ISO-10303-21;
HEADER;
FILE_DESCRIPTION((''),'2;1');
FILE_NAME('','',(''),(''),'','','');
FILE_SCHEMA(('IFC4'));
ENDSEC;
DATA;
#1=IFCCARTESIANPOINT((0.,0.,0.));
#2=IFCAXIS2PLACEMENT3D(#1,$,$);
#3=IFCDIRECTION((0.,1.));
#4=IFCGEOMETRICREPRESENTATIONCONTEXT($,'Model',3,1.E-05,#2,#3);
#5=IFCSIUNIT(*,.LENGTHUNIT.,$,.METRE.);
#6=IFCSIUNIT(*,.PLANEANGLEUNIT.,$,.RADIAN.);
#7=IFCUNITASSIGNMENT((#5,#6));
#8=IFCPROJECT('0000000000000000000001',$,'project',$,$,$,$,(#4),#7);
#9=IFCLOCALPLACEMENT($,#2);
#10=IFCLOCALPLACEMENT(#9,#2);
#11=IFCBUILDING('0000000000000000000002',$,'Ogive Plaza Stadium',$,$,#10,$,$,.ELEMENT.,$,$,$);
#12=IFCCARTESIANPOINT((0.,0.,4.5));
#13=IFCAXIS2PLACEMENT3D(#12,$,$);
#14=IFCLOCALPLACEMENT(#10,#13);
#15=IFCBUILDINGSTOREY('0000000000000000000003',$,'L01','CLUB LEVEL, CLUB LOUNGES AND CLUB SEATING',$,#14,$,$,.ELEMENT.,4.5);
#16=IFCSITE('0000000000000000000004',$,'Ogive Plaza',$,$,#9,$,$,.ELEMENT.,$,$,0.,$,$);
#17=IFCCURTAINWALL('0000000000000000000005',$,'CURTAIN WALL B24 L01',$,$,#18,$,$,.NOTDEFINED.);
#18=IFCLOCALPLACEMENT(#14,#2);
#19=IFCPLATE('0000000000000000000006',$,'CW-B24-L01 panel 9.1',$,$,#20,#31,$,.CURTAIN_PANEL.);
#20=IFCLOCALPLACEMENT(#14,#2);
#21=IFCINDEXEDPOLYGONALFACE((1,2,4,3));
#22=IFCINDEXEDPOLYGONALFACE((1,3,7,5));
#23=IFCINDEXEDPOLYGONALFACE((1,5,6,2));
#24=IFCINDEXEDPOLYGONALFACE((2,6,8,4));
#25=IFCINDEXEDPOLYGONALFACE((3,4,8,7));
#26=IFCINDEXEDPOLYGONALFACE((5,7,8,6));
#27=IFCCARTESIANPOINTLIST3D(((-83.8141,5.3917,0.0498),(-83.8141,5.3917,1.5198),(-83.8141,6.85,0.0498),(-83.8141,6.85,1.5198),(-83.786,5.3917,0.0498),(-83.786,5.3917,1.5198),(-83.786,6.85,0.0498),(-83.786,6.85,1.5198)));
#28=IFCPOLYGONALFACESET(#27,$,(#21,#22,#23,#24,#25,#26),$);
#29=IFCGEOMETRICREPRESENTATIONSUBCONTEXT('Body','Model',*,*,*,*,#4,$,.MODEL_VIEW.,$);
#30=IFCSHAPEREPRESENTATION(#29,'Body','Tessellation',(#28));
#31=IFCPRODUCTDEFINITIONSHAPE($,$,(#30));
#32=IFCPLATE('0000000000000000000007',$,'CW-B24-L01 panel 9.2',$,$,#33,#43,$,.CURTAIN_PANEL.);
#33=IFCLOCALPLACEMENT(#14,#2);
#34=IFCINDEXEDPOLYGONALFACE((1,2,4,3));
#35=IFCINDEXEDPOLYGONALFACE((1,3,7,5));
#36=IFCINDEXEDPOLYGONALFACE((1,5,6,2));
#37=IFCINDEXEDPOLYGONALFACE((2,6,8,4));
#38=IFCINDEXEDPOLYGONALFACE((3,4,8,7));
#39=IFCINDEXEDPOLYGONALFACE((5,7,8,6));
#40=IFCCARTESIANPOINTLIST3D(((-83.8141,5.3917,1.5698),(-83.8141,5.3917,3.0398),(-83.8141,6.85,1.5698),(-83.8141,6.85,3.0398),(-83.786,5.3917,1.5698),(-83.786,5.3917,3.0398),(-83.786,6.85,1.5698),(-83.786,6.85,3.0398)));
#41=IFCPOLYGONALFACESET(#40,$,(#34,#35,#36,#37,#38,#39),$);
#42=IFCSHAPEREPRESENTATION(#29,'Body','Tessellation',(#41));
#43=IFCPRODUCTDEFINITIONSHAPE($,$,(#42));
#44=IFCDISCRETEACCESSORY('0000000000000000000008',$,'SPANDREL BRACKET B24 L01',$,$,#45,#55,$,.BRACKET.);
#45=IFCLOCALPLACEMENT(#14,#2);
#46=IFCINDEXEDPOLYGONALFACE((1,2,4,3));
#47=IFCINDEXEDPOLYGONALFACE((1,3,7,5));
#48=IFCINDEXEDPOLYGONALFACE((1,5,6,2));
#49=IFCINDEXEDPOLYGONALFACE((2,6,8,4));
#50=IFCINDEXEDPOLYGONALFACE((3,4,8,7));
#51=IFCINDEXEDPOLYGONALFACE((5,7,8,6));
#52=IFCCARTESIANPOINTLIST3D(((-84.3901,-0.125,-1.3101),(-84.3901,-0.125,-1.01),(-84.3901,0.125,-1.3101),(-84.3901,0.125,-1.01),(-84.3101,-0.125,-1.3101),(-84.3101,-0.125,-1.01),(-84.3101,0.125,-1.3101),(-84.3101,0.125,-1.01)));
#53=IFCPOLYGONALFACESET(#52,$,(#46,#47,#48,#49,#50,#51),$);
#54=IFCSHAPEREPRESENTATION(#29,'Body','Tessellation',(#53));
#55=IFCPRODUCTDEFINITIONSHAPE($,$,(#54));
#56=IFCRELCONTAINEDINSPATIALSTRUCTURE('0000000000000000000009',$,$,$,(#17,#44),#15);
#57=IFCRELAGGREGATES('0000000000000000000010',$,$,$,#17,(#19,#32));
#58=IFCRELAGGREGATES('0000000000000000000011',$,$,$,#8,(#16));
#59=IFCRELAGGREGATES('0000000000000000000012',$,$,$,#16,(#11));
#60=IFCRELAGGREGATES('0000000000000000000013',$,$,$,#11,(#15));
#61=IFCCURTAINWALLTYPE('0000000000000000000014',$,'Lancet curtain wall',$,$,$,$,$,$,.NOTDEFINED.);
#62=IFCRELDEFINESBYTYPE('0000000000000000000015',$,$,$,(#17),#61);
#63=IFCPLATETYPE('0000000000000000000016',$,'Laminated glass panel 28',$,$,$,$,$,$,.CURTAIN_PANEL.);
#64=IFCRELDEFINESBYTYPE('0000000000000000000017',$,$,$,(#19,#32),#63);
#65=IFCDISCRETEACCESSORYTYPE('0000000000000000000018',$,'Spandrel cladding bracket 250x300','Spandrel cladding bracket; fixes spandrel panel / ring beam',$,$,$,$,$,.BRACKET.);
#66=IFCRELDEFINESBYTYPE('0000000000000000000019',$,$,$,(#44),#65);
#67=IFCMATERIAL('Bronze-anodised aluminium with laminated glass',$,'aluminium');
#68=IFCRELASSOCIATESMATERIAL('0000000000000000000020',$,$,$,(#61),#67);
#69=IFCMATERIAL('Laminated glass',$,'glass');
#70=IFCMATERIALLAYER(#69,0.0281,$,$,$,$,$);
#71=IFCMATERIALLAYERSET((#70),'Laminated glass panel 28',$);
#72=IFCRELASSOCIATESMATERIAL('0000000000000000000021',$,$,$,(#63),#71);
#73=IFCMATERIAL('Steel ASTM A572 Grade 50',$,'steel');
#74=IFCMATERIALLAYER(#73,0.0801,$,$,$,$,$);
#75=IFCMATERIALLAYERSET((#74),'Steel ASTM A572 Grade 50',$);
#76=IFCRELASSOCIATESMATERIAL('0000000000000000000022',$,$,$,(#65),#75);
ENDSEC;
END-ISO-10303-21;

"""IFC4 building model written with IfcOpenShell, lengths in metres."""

from ifc_helpers import new_model, si_unit, direction, frame, origin, origin_2d, place, context, subcontext, project, spatial, rectangle, extrude, material, layer, layer_set, type_object, element, aggregate, save


model = new_model("IFC4")

# Units and contexts
model_context = context("Model", 3, precision=1e-05, world=origin(), true_north=direction((0.0, 1.0)))
body_context = subcontext(model_context, "Body", "Model", "MODEL_VIEW")
ifc_project = project(units=[si_unit("LENGTHUNIT", "METRE"), si_unit("PLANEANGLEUNIT", "RADIAN")], contexts=[model_context])

# Site, building, storey
site_placement = place(None, origin())
site = spatial("IfcSite", under=ifc_project, at=site_placement, Name="Ogive Plaza", CompositionType="ELEMENT", RefElevation=0.0)
building_placement = place(site_placement, origin())
building = spatial("IfcBuilding", under=site, at=building_placement, Name="Ogive Plaza Stadium", CompositionType="ELEMENT")
storey_placement = place(building_placement, frame((0.0, 0.0, 4.5)))
storey = spatial("IfcBuildingStorey", under=building, at=storey_placement, Name="L01", Description="CLUB LEVEL, CLUB LOUNGES AND CLUB SEATING", CompositionType="ELEMENT", Elevation=4.5)

# Curtain wall
ifc_material_1 = material(Name="Bronze-anodised aluminium with laminated glass", Category="aluminium")
curtain_wall_type = type_object("IfcCurtainWallType", Name="Lancet curtain wall", PredefinedType="NOTDEFINED", material=ifc_material_1)
curtain_wall_1_placement = place(storey_placement, origin())
curtain_wall_1 = element("IfcCurtainWall", 1, at=curtain_wall_1_placement, inside=storey, type_object=curtain_wall_type, Name="CURTAIN WALL B24 L01", PredefinedType="NOTDEFINED")

# Plates
ifc_material_2 = material(Name="Laminated glass", Category="glass")
ifc_layer_1 = layer(ifc_material_2, 0.0281)
ifc_layer_set_1 = layer_set([ifc_layer_1], Name="Laminated glass panel 28")
plate_type = type_object("IfcPlateType", Name="Laminated glass panel 28", PredefinedType="CURTAIN_PANEL", material=ifc_layer_set_1)
plate_1_placement = place(storey_placement, frame((-83.8, 6.1208, 0.0498), z_axis=(0.0, 0.0, 1.0), x_axis=(0.0, 1.0, 0.0)))
plate_1 = element("IfcPlate", 2, at=plate_1_placement, type_object=plate_type, Name="CW-B24-L01 panel 9.1", PredefinedType="CURTAIN_PANEL", context=body_context, shape_type="SweptSolid", body=[
    extrude(rectangle(XDim=1.4583, YDim=0.0281, at=origin_2d()), origin(), (0.0, 0.0, 1.0), 1.47),
])
plate_2_placement = place(storey_placement, frame((-83.8, 6.1208, 1.5698), z_axis=(0.0, 0.0, 1.0), x_axis=(0.0, 1.0, 0.0)))
plate_2 = element("IfcPlate", 3, at=plate_2_placement, type_object=plate_type, Name="CW-B24-L01 panel 9.2", PredefinedType="CURTAIN_PANEL", context=body_context, shape_type="SweptSolid", body=[
    extrude(rectangle(XDim=1.4583, YDim=0.0281, at=origin_2d()), origin(), (0.0, 0.0, 1.0), 1.47),
])
aggregate(curtain_wall_1, [plate_1, plate_2])

# Discrete accessory
ifc_material_3 = material(Name="Steel ASTM A572 Grade 50", Category="steel")
ifc_layer_2 = layer(ifc_material_3, 0.0801)
ifc_layer_set_2 = layer_set([ifc_layer_2], Name="Steel ASTM A572 Grade 50")
discrete_accessory_type = type_object("IfcDiscreteAccessoryType", Name="Spandrel cladding bracket 250x300", Description="Spandrel cladding bracket; fixes spandrel panel / ring beam", PredefinedType="BRACKET", material=ifc_layer_set_2)
discrete_accessory_placement = place(storey_placement, frame((-84.3501, 0.0, -1.3101), z_axis=(0.0, 0.0, 1.0), x_axis=(0.0, 1.0, 0.0)))
element("IfcDiscreteAccessory", 4, at=discrete_accessory_placement, inside=storey, type_object=discrete_accessory_type, Name="SPANDREL BRACKET B24 L01", PredefinedType="BRACKET", context=body_context, shape_type="SweptSolid", body=[
    extrude(rectangle(XDim=0.25, YDim=0.0801, at=origin_2d()), origin(), (0.0, 0.0, 1.0), 0.3),
])

save(model, "model.ifc")
